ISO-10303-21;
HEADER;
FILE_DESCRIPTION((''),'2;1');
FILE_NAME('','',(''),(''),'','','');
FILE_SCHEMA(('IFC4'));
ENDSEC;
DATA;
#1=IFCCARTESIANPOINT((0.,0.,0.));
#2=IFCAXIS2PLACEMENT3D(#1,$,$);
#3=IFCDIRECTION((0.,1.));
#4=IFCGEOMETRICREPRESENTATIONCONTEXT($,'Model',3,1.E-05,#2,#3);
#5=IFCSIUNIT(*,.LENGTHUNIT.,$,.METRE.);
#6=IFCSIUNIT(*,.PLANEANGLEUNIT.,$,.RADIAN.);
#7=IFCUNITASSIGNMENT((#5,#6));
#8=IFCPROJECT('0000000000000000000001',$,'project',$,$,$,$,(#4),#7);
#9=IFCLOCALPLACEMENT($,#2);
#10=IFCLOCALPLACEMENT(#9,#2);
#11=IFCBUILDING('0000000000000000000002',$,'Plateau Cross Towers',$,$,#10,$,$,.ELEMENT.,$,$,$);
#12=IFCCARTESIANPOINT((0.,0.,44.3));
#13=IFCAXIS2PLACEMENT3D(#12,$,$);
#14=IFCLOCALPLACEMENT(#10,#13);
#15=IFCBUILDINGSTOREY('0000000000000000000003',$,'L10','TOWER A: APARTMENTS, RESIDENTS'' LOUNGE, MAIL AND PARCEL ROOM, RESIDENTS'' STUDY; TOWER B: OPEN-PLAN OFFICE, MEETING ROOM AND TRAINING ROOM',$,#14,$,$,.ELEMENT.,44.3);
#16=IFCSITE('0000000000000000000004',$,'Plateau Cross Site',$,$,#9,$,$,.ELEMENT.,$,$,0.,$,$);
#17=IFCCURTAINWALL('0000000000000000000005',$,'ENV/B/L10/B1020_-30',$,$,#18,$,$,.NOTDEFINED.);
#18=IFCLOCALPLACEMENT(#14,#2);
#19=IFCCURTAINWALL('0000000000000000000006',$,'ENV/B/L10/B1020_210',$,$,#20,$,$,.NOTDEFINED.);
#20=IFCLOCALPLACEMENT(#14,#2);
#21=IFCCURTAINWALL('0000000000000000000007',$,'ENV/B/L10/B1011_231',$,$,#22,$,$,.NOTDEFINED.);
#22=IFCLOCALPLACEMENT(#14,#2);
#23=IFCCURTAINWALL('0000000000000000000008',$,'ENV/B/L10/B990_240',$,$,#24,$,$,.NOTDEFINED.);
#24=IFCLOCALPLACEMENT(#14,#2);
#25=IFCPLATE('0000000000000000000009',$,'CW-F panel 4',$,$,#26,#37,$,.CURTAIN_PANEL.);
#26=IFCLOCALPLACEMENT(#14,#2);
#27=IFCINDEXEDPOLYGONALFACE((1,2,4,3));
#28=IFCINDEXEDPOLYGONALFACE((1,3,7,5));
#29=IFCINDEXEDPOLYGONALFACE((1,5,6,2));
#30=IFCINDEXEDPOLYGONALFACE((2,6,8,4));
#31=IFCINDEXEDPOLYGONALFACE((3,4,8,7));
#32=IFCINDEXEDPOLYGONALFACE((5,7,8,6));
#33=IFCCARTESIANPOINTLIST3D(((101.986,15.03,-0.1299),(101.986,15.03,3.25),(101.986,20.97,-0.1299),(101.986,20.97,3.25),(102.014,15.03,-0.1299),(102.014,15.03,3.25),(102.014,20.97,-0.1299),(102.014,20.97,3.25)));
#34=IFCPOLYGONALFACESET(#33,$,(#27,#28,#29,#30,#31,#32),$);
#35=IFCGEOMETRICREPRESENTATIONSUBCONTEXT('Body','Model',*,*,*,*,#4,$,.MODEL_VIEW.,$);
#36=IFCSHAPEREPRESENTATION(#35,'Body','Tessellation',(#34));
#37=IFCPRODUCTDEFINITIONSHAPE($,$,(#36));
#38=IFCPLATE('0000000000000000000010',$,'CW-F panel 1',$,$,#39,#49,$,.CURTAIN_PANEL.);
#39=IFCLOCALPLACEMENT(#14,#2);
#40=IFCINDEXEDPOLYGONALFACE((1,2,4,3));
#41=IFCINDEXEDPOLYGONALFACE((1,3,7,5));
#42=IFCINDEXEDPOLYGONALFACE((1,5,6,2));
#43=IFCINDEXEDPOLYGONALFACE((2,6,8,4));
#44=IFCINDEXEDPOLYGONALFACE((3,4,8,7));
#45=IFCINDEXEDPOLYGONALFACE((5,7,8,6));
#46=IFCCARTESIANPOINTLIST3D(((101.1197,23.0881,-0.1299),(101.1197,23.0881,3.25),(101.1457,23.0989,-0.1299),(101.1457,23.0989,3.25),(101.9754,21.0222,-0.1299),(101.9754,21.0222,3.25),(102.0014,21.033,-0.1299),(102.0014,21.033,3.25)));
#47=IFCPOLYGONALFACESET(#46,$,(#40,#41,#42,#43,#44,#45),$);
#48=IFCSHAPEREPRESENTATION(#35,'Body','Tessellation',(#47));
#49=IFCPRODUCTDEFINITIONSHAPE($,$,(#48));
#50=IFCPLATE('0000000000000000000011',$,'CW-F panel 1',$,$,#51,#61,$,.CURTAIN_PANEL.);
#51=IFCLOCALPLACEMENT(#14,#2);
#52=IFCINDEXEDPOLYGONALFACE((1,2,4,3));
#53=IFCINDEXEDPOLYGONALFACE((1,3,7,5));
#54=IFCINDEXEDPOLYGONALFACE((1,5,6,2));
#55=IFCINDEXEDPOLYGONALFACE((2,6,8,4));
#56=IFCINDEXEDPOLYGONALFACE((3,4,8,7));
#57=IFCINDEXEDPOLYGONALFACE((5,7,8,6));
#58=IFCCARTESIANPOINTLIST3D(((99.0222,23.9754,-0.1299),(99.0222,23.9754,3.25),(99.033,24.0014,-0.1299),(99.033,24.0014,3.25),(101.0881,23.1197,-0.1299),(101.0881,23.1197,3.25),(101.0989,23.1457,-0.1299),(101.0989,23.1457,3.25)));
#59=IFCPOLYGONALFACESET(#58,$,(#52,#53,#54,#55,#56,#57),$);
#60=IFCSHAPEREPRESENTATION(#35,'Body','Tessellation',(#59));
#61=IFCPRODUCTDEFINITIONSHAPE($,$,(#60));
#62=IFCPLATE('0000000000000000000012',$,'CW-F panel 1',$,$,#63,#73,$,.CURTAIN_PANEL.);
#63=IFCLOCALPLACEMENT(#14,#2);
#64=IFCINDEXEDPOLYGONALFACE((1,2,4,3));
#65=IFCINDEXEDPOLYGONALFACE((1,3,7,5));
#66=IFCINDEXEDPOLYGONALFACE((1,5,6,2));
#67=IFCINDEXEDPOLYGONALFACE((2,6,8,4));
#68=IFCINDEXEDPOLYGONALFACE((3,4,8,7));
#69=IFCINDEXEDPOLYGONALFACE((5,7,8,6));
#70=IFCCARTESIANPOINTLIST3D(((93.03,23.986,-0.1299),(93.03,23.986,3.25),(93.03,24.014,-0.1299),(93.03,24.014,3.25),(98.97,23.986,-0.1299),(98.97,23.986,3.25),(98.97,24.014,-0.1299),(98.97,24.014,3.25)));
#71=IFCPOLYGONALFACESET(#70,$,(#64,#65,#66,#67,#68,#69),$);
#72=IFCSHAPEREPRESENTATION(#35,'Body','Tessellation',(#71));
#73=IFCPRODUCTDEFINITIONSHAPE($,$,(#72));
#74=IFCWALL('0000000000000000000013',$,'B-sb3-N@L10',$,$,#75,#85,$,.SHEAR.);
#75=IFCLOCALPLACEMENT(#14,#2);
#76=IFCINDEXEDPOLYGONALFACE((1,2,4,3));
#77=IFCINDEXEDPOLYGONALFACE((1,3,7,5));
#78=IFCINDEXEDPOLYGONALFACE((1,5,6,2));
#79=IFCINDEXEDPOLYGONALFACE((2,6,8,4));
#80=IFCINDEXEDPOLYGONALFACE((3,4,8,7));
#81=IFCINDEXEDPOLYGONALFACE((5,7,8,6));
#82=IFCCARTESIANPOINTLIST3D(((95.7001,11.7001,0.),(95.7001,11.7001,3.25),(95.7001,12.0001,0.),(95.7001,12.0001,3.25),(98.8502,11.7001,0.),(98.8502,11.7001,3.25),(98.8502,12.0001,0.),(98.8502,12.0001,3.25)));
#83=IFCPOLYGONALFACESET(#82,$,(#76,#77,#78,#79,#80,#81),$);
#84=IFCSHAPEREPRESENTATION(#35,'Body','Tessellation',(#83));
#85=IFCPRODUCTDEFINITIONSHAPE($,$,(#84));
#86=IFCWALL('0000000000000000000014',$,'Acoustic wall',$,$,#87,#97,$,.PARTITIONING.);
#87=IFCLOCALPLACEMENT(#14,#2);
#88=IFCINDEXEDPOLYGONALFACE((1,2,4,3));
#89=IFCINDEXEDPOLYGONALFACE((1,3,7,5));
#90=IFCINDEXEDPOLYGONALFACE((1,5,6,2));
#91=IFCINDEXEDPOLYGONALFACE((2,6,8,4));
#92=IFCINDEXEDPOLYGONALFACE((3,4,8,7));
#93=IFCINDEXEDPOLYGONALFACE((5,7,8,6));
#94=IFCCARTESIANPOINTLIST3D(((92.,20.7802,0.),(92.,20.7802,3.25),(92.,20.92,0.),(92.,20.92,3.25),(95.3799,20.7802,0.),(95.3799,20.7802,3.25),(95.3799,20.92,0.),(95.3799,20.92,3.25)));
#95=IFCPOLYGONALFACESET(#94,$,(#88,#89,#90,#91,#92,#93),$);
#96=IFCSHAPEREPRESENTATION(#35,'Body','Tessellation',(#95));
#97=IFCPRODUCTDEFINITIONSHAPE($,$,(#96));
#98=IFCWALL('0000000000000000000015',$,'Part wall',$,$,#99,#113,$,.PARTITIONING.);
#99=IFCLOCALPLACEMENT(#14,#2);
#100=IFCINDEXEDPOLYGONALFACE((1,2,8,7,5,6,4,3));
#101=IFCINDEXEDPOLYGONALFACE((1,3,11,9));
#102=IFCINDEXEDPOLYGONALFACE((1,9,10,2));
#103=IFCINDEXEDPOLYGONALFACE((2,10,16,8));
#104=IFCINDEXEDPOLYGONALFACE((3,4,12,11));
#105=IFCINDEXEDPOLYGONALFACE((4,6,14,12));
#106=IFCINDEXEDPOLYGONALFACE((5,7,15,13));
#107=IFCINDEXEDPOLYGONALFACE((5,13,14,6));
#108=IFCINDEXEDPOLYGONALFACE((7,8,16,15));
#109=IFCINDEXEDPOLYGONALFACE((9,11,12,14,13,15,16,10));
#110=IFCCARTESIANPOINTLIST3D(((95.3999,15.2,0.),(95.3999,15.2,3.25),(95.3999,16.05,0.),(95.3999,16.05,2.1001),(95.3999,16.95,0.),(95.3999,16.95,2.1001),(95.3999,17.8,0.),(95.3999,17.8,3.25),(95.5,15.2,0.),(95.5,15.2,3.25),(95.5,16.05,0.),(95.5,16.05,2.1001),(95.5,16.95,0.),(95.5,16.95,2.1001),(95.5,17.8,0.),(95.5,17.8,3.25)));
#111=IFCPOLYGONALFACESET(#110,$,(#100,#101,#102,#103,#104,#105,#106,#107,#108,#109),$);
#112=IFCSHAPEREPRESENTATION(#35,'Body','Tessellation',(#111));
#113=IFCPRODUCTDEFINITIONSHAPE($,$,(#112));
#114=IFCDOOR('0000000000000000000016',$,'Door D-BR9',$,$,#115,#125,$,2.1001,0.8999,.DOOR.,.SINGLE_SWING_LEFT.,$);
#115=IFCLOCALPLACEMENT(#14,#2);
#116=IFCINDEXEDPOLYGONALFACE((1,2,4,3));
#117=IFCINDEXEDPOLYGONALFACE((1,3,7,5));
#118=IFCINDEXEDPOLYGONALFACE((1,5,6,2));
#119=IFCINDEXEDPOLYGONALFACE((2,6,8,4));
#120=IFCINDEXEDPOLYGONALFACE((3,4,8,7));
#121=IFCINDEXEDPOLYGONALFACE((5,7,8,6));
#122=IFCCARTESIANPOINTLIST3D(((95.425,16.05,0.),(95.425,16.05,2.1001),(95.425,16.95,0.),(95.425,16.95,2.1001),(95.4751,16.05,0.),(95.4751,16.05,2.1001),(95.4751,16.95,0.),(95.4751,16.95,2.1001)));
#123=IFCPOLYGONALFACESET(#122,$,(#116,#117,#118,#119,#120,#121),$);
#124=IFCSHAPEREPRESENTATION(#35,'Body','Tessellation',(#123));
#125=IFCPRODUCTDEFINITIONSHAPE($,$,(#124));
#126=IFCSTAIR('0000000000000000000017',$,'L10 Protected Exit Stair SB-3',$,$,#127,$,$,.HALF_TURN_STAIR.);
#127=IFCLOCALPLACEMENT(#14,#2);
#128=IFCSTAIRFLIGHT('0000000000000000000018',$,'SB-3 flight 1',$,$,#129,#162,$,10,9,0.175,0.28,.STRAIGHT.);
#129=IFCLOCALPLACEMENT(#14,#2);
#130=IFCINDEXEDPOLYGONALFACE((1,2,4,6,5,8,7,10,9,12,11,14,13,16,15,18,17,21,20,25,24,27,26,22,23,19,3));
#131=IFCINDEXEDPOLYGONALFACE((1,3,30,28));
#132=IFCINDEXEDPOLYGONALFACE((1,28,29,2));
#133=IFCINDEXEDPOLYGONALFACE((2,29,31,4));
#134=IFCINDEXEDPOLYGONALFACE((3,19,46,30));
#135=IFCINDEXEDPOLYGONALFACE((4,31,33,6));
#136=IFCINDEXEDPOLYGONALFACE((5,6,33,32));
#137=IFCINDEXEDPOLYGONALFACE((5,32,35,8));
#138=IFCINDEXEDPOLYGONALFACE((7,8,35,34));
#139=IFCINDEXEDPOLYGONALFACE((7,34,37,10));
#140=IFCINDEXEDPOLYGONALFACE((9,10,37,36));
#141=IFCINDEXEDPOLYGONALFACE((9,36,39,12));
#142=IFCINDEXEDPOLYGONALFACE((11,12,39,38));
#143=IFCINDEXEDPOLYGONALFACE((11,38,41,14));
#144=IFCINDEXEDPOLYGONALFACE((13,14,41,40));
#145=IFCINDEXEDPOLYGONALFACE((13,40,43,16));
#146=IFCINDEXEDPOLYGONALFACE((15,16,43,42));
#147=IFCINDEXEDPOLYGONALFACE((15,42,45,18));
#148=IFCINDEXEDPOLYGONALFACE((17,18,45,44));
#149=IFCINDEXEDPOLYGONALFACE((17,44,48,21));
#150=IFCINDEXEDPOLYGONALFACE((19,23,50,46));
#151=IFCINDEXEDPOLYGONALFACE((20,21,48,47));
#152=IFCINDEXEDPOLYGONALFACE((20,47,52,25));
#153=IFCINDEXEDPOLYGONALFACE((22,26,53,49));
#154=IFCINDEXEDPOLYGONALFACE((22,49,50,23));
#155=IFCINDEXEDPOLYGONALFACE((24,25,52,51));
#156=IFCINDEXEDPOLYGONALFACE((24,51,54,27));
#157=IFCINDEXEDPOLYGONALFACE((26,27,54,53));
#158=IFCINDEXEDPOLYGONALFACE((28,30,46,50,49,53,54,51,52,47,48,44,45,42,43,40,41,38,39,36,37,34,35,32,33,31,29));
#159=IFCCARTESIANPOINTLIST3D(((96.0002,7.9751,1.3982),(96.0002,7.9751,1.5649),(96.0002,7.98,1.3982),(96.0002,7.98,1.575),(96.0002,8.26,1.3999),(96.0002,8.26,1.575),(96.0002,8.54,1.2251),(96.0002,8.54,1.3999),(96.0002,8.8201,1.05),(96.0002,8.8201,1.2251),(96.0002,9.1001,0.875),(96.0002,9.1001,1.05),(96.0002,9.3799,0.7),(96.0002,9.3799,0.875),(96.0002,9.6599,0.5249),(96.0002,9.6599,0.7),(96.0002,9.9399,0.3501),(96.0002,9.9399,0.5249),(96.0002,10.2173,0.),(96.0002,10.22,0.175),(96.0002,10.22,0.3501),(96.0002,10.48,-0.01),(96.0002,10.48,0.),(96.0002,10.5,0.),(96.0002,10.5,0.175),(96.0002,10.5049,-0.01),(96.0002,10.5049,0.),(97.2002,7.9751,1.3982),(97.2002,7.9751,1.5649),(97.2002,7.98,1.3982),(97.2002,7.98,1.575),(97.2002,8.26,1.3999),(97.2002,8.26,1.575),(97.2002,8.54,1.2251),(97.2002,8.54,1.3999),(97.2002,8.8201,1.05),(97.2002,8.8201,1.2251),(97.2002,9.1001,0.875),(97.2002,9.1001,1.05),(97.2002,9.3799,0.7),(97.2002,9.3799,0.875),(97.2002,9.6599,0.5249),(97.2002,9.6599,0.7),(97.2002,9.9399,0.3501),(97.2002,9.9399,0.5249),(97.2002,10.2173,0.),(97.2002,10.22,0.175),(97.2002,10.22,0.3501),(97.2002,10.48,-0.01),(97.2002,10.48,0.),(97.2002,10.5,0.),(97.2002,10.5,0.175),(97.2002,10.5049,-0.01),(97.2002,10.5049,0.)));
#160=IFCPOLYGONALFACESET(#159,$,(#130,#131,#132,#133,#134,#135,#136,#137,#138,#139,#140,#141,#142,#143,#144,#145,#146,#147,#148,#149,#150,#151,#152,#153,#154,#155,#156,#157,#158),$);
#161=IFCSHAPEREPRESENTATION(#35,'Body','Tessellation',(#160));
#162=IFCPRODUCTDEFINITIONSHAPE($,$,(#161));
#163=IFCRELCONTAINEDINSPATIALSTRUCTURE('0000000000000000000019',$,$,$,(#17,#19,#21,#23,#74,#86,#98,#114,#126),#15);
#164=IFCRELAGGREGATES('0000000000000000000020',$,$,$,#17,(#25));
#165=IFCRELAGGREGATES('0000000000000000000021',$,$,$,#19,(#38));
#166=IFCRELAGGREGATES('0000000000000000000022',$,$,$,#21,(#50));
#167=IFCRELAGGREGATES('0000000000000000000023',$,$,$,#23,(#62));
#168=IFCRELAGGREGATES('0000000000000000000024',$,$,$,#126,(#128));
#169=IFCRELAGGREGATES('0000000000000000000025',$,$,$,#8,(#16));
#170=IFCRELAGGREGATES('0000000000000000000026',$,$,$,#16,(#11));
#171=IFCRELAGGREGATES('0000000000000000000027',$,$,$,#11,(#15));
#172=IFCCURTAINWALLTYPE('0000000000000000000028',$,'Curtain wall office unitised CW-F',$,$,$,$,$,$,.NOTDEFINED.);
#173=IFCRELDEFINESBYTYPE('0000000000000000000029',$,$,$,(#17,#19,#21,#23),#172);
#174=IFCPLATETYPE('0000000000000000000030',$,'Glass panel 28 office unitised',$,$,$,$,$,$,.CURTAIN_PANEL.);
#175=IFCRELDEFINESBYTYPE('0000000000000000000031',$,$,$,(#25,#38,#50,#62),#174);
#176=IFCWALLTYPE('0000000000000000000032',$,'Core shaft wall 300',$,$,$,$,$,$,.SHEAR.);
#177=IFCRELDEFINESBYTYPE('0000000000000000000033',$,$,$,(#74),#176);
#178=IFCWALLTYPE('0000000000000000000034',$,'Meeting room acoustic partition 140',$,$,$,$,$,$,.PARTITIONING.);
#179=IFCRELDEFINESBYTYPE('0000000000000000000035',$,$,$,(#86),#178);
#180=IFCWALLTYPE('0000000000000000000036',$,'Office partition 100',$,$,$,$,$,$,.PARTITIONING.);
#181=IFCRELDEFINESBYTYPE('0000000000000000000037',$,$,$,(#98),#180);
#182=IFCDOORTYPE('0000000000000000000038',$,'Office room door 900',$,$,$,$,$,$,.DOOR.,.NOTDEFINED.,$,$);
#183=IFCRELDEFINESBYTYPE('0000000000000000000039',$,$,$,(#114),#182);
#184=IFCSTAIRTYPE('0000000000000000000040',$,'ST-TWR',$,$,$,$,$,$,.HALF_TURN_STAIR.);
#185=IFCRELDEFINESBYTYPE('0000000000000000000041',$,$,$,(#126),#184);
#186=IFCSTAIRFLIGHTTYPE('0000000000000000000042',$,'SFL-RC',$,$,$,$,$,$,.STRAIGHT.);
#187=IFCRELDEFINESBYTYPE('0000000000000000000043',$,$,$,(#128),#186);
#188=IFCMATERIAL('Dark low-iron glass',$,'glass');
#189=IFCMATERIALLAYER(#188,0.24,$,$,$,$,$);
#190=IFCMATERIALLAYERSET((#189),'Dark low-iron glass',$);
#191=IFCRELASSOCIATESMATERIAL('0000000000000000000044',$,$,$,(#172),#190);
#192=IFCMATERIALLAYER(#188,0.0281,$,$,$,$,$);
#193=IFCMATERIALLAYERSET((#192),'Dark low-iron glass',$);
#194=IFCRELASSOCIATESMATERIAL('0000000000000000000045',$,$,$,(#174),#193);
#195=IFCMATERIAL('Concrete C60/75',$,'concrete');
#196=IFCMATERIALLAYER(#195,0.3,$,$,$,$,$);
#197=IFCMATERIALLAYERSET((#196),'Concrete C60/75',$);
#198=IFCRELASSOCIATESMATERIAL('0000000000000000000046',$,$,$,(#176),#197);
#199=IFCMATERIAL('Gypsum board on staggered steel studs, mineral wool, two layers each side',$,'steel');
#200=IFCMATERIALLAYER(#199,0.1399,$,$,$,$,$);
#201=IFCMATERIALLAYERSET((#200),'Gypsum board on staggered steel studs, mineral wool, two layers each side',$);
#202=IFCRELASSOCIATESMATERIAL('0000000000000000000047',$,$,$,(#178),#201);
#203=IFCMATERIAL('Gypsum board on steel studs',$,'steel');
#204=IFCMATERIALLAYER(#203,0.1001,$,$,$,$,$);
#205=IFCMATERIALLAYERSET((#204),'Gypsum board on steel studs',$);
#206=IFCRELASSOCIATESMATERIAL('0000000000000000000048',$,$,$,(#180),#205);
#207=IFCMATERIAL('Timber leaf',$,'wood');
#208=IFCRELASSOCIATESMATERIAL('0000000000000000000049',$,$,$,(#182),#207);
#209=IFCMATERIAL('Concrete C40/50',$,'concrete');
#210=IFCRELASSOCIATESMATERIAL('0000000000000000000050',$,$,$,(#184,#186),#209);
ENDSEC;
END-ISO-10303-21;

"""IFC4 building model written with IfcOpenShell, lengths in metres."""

from ifc_helpers import new_model, si_unit, direction, frame, frame_2d, origin, origin_2d, place, context, subcontext, project, spatial, polyline, rectangle, outline, extrude, material, layer, layer_set, type_object, element, fill, aggregate, save


model = new_model("IFC4")

# Units and contexts
model_context = context("Model", 3, precision=1e-05, world=origin(), true_north=direction((0.0, 1.0)))
body_context = subcontext(model_context, "Body", "Model", "MODEL_VIEW")
ifc_project = project(units=[si_unit("LENGTHUNIT", "METRE"), si_unit("PLANEANGLEUNIT", "RADIAN")], contexts=[model_context])

# Site, building, storey
site_placement = place(None, origin())
site = spatial("IfcSite", under=ifc_project, at=site_placement, Name="Plateau Cross Site", CompositionType="ELEMENT", RefElevation=0.0)
building_placement = place(site_placement, origin())
building = spatial("IfcBuilding", under=site, at=building_placement, Name="Plateau Cross Towers", CompositionType="ELEMENT")
storey_placement = place(building_placement, frame((0.0, 0.0, 44.3)))
storey = spatial("IfcBuildingStorey", under=building, at=storey_placement, Name="L10", Description="TOWER A: APARTMENTS, RESIDENTS' LOUNGE, MAIL AND PARCEL ROOM, RESIDENTS' STUDY; TOWER B: OPEN-PLAN OFFICE, MEETING ROOM AND TRAINING ROOM", CompositionType="ELEMENT", Elevation=44.3)

# Shared definitions
ifc_material_1 = material(Name="Concrete C60/75", Category="concrete")

# Curtain wall
ifc_material_2 = material(Name="Dark low-iron glass", Category="glass")
ifc_layer_1 = layer(ifc_material_2, 0.24)
ifc_layer_set_1 = layer_set([ifc_layer_1], Name="Dark low-iron glass")
curtain_wall_type = type_object("IfcCurtainWallType", Name="Curtain wall office unitised CW-F", PredefinedType="NOTDEFINED", material=ifc_layer_set_1)
curtain_wall_1_placement = place(storey_placement, origin())
curtain_wall_1 = element("IfcCurtainWall", 1, at=curtain_wall_1_placement, inside=storey, type_object=curtain_wall_type, Name="ENV/B/L10/B1020_-30", PredefinedType="NOTDEFINED")

# Curtain walls
curtain_wall_2_placement = place(storey_placement, origin())
curtain_wall_2 = element("IfcCurtainWall", 2, at=curtain_wall_2_placement, inside=storey, type_object=curtain_wall_type, Name="ENV/B/L10/B1020_210", PredefinedType="NOTDEFINED")
curtain_wall_3_placement = place(storey_placement, origin())
curtain_wall_3 = element("IfcCurtainWall", 3, at=curtain_wall_3_placement, inside=storey, type_object=curtain_wall_type, Name="ENV/B/L10/B1011_231", PredefinedType="NOTDEFINED")

# Curtain wall
curtain_wall_4_placement = place(storey_placement, origin())
curtain_wall_4 = element("IfcCurtainWall", 4, at=curtain_wall_4_placement, inside=storey, type_object=curtain_wall_type, Name="ENV/B/L10/B990_240", PredefinedType="NOTDEFINED")

# Plates
ifc_layer_2 = layer(ifc_material_2, 0.0281)
ifc_layer_set_2 = layer_set([ifc_layer_2], Name="Dark low-iron glass")
plate_type = type_object("IfcPlateType", Name="Glass panel 28 office unitised", PredefinedType="CURTAIN_PANEL", material=ifc_layer_set_2)
plate_1_placement = place(storey_placement, frame((102.0, 18.0, -0.1299), z_axis=(0.0, 0.0, 1.0), x_axis=(0.0, 1.0, 0.0)))
plate_1 = element("IfcPlate", 5, at=plate_1_placement, type_object=plate_type, Name="CW-F panel 4", PredefinedType="CURTAIN_PANEL", context=body_context, shape_type="SweptSolid", body=[
    extrude(rectangle(XDim=5.9399, YDim=0.0281, at=origin_2d()), origin(), (0.0, 0.0, 1.0), 3.3799),
])
aggregate(curtain_wall_1, [plate_1])
plate_2_placement = place(storey_placement, frame((101.5605, 22.0605, -0.1299), z_axis=(0.0, 0.0, 1.0), x_axis=(-0.382684, 0.923879, 0.0)))
plate_2 = element("IfcPlate", 6, at=plate_2_placement, type_object=plate_type, Name="CW-F panel 1", PredefinedType="CURTAIN_PANEL", context=body_context, shape_type="SweptSolid", body=[
    extrude(rectangle(XDim=2.2361, YDim=0.0281, at=origin_2d()), origin(), (0.0, 0.0, 1.0), 3.3799),
])
aggregate(curtain_wall_2, [plate_2])
plate_3_placement = place(storey_placement, frame((100.0605, 23.5605, -0.1299), z_axis=(0.0, 0.0, 1.0), x_axis=(-0.923879, 0.382684, 0.0)))
plate_3 = element("IfcPlate", 7, at=plate_3_placement, type_object=plate_type, Name="CW-F panel 1", PredefinedType="CURTAIN_PANEL", context=body_context, shape_type="SweptSolid", body=[
    extrude(rectangle(XDim=2.2361, YDim=0.0281, at=origin_2d()), origin(), (0.0, 0.0, 1.0), 3.3799),
])
aggregate(curtain_wall_3, [plate_3])
plate_4_placement = place(storey_placement, frame((96.0, 24.0, -0.1299), z_axis=(0.0, 0.0, 1.0), x_axis=(-1.0, 0.0, 0.0)))
plate_4 = element("IfcPlate", 8, at=plate_4_placement, type_object=plate_type, Name="CW-F panel 1", PredefinedType="CURTAIN_PANEL", context=body_context, shape_type="SweptSolid", body=[
    extrude(rectangle(XDim=5.9399, YDim=0.0281, at=origin_2d()), origin(), (0.0, 0.0, 1.0), 3.3799),
])
aggregate(curtain_wall_4, [plate_4])

# Wall
ifc_layer_3 = layer(ifc_material_1, 0.3)
ifc_layer_set_3 = layer_set([ifc_layer_3], Name="Concrete C60/75")
wall_type_1 = type_object("IfcWallType", Name="Core shaft wall 300", PredefinedType="SHEAR", material=ifc_layer_set_3)
wall_1_placement = place(storey_placement, frame((95.7, 11.8501, 0.0), z_axis=(0.0, 0.0, 1.0), x_axis=(1.0, 0.0, 0.0)))
element("IfcWall", 9, at=wall_1_placement, inside=storey, type_object=wall_type_1, Name="B-sb3-N@L10", PredefinedType="SHEAR", context=body_context, shape_type="SweptSolid", body=[
    extrude(rectangle(XDim=3.1501, YDim=0.3, at=frame_2d((1.5752, 0.0))), origin(), (0.0, 0.0, 1.0), 3.25),
])

# Shared definitions
ifc_material_3 = material(Name="Gypsum board on staggered steel studs, mineral wool, two layers each side", Category="steel")
ifc_layer_4 = layer(ifc_material_3, 0.1399)
ifc_layer_set_4 = layer_set([ifc_layer_4], Name="Gypsum board on staggered steel studs, mineral wool, two layers each side")
wall_type_2 = type_object("IfcWallType", Name="Meeting room acoustic partition 140", PredefinedType="PARTITIONING", material=ifc_layer_set_4)

# Wall
wall_2_placement = place(storey_placement, frame((92.0, 20.8501, 0.0), z_axis=(0.0, 0.0, 1.0), x_axis=(1.0, 0.0, 0.0)))
element("IfcWall", 10, at=wall_2_placement, inside=storey, type_object=wall_type_2, Name="Acoustic wall", PredefinedType="PARTITIONING", context=body_context, shape_type="SweptSolid", body=[
    extrude(rectangle(XDim=3.3799, YDim=0.1399, at=frame_2d((1.6899, 0.0))), origin(), (0.0, 0.0, 1.0), 3.25),
])

# Wall, opening, door
ifc_material_4 = material(Name="Gypsum board on steel studs", Category="steel")
ifc_layer_5 = layer(ifc_material_4, 0.1001)
ifc_layer_set_5 = layer_set([ifc_layer_5], Name="Gypsum board on steel studs")
wall_type_3 = type_object("IfcWallType", Name="Office partition 100", PredefinedType="PARTITIONING", material=ifc_layer_set_5)
wall_3_placement = place(storey_placement, frame((95.45, 15.2, 0.0), z_axis=(0.0, 0.0, 1.0), x_axis=(0.0, 1.0, 0.0)))
wall_3 = element("IfcWall", 11, at=wall_3_placement, inside=storey, type_object=wall_type_3, Name="Part wall", PredefinedType="PARTITIONING", context=body_context, shape_type="SweptSolid", body=[
    extrude(rectangle(XDim=2.6001, YDim=0.1001, at=frame_2d((1.3, 0.0))), origin(), (0.0, 0.0, 1.0), 3.25),
])
opening_1_placement = place(wall_3_placement, frame((0.8501, 0.0, 0.0)))
opening_1 = element("IfcOpeningElement", 12, at=opening_1_placement, cuts=wall_3, PredefinedType="OPENING", context=body_context, shape_type="SweptSolid", body=[
    extrude(rectangle(XDim=0.8999, YDim=2.1001, at=frame_2d((0.45, 1.05))), frame((0.0, 0.0601, 0.0), z_axis=(0.0, -1.0, 0.0), x_axis=(1.0, 0.0, 0.0)), (0.0, 0.0, 1.0), 0.1201),
])
ifc_material_5 = material(Name="Timber leaf", Category="wood")
door_type_1 = type_object("IfcDoorType", Name="Office room door 900", OperationType="NOTDEFINED", PredefinedType="DOOR", material=ifc_material_5)
door_1_placement = place(opening_1_placement, origin())
door_1 = element("IfcDoor", 13, at=door_1_placement, inside=storey, type_object=door_type_1, Name="Door D-BR9", OperationType="SINGLE_SWING_LEFT", OverallHeight=2.1001, OverallWidth=0.8999, PredefinedType="DOOR", context=body_context, shape_type="SweptSolid", body=[
    extrude(rectangle(XDim=0.8999, YDim=2.1001, at=frame_2d((0.45, 1.05))), frame((0.0, 0.0249, 0.0), z_axis=(0.0, -1.0, 0.0), x_axis=(1.0, 0.0, 0.0)), (0.0, 0.0, 1.0), 0.05),
])
fill(opening_1, door_1)

# Stair, stair flight
ifc_material_6 = material(Name="Concrete C40/50", Category="concrete")
stair_type = type_object("IfcStairType", Name="ST-TWR", PredefinedType="HALF_TURN_STAIR", material=ifc_material_6)
stair_placement = place(storey_placement, origin())
stair = element("IfcStair", 14, at=stair_placement, inside=storey, type_object=stair_type, Name="L10 Protected Exit Stair SB-3", PredefinedType="HALF_TURN_STAIR")
stair_flight_type = type_object("IfcStairFlightType", Name="SFL-RC", PredefinedType="STRAIGHT", material=ifc_material_6)
stair_flight_1_placement = place(storey_placement, frame((96.6001, 10.5, 0.0), z_axis=(0.0, 0.0, 1.0), x_axis=(0.0, -1.0, 0.0)))
stair_flight_1 = element("IfcStairFlight", 15, at=stair_flight_1_placement, type_object=stair_flight_type, Name="SB-3 flight 1", NumberOfRisers=10, NumberOfTreads=9, PredefinedType="STRAIGHT", RiserHeight=0.175, TreadLength=0.28, context=body_context, shape_type="SweptSolid", body=[
    extrude(outline(polyline([(-0.0049, -0.01), (-0.0049, 0.0), (0.0, 0.0), (0.0, 0.175), (0.28, 0.175), (0.28, 0.3501), (0.5601, 0.3501), (0.5601, 0.5249), (0.8401, 0.5249), (0.8401, 0.7), (1.1201, 0.7), (1.1201, 0.875), (1.3999, 0.875), (1.3999, 1.05), (1.6799, 1.05), (1.6799, 1.2251), (1.96, 1.2251), (1.96, 1.3999), (2.24, 1.3999), (2.24, 1.575), (2.52, 1.575), (2.5249, 1.5649), (2.5249, 1.3982), (2.52, 1.3982), (0.2827, 0.0), (0.02, 0.0), (0.02, -0.01), (-0.0049, -0.01)])), frame((0.0, 0.6001, 0.0), z_axis=(0.0, -1.0, 0.0), x_axis=(1.0, 0.0, 0.0)), (0.0, 0.0, 1.0), 1.2),
])
aggregate(stair, [stair_flight_1])

save(model, "model.ifc")
